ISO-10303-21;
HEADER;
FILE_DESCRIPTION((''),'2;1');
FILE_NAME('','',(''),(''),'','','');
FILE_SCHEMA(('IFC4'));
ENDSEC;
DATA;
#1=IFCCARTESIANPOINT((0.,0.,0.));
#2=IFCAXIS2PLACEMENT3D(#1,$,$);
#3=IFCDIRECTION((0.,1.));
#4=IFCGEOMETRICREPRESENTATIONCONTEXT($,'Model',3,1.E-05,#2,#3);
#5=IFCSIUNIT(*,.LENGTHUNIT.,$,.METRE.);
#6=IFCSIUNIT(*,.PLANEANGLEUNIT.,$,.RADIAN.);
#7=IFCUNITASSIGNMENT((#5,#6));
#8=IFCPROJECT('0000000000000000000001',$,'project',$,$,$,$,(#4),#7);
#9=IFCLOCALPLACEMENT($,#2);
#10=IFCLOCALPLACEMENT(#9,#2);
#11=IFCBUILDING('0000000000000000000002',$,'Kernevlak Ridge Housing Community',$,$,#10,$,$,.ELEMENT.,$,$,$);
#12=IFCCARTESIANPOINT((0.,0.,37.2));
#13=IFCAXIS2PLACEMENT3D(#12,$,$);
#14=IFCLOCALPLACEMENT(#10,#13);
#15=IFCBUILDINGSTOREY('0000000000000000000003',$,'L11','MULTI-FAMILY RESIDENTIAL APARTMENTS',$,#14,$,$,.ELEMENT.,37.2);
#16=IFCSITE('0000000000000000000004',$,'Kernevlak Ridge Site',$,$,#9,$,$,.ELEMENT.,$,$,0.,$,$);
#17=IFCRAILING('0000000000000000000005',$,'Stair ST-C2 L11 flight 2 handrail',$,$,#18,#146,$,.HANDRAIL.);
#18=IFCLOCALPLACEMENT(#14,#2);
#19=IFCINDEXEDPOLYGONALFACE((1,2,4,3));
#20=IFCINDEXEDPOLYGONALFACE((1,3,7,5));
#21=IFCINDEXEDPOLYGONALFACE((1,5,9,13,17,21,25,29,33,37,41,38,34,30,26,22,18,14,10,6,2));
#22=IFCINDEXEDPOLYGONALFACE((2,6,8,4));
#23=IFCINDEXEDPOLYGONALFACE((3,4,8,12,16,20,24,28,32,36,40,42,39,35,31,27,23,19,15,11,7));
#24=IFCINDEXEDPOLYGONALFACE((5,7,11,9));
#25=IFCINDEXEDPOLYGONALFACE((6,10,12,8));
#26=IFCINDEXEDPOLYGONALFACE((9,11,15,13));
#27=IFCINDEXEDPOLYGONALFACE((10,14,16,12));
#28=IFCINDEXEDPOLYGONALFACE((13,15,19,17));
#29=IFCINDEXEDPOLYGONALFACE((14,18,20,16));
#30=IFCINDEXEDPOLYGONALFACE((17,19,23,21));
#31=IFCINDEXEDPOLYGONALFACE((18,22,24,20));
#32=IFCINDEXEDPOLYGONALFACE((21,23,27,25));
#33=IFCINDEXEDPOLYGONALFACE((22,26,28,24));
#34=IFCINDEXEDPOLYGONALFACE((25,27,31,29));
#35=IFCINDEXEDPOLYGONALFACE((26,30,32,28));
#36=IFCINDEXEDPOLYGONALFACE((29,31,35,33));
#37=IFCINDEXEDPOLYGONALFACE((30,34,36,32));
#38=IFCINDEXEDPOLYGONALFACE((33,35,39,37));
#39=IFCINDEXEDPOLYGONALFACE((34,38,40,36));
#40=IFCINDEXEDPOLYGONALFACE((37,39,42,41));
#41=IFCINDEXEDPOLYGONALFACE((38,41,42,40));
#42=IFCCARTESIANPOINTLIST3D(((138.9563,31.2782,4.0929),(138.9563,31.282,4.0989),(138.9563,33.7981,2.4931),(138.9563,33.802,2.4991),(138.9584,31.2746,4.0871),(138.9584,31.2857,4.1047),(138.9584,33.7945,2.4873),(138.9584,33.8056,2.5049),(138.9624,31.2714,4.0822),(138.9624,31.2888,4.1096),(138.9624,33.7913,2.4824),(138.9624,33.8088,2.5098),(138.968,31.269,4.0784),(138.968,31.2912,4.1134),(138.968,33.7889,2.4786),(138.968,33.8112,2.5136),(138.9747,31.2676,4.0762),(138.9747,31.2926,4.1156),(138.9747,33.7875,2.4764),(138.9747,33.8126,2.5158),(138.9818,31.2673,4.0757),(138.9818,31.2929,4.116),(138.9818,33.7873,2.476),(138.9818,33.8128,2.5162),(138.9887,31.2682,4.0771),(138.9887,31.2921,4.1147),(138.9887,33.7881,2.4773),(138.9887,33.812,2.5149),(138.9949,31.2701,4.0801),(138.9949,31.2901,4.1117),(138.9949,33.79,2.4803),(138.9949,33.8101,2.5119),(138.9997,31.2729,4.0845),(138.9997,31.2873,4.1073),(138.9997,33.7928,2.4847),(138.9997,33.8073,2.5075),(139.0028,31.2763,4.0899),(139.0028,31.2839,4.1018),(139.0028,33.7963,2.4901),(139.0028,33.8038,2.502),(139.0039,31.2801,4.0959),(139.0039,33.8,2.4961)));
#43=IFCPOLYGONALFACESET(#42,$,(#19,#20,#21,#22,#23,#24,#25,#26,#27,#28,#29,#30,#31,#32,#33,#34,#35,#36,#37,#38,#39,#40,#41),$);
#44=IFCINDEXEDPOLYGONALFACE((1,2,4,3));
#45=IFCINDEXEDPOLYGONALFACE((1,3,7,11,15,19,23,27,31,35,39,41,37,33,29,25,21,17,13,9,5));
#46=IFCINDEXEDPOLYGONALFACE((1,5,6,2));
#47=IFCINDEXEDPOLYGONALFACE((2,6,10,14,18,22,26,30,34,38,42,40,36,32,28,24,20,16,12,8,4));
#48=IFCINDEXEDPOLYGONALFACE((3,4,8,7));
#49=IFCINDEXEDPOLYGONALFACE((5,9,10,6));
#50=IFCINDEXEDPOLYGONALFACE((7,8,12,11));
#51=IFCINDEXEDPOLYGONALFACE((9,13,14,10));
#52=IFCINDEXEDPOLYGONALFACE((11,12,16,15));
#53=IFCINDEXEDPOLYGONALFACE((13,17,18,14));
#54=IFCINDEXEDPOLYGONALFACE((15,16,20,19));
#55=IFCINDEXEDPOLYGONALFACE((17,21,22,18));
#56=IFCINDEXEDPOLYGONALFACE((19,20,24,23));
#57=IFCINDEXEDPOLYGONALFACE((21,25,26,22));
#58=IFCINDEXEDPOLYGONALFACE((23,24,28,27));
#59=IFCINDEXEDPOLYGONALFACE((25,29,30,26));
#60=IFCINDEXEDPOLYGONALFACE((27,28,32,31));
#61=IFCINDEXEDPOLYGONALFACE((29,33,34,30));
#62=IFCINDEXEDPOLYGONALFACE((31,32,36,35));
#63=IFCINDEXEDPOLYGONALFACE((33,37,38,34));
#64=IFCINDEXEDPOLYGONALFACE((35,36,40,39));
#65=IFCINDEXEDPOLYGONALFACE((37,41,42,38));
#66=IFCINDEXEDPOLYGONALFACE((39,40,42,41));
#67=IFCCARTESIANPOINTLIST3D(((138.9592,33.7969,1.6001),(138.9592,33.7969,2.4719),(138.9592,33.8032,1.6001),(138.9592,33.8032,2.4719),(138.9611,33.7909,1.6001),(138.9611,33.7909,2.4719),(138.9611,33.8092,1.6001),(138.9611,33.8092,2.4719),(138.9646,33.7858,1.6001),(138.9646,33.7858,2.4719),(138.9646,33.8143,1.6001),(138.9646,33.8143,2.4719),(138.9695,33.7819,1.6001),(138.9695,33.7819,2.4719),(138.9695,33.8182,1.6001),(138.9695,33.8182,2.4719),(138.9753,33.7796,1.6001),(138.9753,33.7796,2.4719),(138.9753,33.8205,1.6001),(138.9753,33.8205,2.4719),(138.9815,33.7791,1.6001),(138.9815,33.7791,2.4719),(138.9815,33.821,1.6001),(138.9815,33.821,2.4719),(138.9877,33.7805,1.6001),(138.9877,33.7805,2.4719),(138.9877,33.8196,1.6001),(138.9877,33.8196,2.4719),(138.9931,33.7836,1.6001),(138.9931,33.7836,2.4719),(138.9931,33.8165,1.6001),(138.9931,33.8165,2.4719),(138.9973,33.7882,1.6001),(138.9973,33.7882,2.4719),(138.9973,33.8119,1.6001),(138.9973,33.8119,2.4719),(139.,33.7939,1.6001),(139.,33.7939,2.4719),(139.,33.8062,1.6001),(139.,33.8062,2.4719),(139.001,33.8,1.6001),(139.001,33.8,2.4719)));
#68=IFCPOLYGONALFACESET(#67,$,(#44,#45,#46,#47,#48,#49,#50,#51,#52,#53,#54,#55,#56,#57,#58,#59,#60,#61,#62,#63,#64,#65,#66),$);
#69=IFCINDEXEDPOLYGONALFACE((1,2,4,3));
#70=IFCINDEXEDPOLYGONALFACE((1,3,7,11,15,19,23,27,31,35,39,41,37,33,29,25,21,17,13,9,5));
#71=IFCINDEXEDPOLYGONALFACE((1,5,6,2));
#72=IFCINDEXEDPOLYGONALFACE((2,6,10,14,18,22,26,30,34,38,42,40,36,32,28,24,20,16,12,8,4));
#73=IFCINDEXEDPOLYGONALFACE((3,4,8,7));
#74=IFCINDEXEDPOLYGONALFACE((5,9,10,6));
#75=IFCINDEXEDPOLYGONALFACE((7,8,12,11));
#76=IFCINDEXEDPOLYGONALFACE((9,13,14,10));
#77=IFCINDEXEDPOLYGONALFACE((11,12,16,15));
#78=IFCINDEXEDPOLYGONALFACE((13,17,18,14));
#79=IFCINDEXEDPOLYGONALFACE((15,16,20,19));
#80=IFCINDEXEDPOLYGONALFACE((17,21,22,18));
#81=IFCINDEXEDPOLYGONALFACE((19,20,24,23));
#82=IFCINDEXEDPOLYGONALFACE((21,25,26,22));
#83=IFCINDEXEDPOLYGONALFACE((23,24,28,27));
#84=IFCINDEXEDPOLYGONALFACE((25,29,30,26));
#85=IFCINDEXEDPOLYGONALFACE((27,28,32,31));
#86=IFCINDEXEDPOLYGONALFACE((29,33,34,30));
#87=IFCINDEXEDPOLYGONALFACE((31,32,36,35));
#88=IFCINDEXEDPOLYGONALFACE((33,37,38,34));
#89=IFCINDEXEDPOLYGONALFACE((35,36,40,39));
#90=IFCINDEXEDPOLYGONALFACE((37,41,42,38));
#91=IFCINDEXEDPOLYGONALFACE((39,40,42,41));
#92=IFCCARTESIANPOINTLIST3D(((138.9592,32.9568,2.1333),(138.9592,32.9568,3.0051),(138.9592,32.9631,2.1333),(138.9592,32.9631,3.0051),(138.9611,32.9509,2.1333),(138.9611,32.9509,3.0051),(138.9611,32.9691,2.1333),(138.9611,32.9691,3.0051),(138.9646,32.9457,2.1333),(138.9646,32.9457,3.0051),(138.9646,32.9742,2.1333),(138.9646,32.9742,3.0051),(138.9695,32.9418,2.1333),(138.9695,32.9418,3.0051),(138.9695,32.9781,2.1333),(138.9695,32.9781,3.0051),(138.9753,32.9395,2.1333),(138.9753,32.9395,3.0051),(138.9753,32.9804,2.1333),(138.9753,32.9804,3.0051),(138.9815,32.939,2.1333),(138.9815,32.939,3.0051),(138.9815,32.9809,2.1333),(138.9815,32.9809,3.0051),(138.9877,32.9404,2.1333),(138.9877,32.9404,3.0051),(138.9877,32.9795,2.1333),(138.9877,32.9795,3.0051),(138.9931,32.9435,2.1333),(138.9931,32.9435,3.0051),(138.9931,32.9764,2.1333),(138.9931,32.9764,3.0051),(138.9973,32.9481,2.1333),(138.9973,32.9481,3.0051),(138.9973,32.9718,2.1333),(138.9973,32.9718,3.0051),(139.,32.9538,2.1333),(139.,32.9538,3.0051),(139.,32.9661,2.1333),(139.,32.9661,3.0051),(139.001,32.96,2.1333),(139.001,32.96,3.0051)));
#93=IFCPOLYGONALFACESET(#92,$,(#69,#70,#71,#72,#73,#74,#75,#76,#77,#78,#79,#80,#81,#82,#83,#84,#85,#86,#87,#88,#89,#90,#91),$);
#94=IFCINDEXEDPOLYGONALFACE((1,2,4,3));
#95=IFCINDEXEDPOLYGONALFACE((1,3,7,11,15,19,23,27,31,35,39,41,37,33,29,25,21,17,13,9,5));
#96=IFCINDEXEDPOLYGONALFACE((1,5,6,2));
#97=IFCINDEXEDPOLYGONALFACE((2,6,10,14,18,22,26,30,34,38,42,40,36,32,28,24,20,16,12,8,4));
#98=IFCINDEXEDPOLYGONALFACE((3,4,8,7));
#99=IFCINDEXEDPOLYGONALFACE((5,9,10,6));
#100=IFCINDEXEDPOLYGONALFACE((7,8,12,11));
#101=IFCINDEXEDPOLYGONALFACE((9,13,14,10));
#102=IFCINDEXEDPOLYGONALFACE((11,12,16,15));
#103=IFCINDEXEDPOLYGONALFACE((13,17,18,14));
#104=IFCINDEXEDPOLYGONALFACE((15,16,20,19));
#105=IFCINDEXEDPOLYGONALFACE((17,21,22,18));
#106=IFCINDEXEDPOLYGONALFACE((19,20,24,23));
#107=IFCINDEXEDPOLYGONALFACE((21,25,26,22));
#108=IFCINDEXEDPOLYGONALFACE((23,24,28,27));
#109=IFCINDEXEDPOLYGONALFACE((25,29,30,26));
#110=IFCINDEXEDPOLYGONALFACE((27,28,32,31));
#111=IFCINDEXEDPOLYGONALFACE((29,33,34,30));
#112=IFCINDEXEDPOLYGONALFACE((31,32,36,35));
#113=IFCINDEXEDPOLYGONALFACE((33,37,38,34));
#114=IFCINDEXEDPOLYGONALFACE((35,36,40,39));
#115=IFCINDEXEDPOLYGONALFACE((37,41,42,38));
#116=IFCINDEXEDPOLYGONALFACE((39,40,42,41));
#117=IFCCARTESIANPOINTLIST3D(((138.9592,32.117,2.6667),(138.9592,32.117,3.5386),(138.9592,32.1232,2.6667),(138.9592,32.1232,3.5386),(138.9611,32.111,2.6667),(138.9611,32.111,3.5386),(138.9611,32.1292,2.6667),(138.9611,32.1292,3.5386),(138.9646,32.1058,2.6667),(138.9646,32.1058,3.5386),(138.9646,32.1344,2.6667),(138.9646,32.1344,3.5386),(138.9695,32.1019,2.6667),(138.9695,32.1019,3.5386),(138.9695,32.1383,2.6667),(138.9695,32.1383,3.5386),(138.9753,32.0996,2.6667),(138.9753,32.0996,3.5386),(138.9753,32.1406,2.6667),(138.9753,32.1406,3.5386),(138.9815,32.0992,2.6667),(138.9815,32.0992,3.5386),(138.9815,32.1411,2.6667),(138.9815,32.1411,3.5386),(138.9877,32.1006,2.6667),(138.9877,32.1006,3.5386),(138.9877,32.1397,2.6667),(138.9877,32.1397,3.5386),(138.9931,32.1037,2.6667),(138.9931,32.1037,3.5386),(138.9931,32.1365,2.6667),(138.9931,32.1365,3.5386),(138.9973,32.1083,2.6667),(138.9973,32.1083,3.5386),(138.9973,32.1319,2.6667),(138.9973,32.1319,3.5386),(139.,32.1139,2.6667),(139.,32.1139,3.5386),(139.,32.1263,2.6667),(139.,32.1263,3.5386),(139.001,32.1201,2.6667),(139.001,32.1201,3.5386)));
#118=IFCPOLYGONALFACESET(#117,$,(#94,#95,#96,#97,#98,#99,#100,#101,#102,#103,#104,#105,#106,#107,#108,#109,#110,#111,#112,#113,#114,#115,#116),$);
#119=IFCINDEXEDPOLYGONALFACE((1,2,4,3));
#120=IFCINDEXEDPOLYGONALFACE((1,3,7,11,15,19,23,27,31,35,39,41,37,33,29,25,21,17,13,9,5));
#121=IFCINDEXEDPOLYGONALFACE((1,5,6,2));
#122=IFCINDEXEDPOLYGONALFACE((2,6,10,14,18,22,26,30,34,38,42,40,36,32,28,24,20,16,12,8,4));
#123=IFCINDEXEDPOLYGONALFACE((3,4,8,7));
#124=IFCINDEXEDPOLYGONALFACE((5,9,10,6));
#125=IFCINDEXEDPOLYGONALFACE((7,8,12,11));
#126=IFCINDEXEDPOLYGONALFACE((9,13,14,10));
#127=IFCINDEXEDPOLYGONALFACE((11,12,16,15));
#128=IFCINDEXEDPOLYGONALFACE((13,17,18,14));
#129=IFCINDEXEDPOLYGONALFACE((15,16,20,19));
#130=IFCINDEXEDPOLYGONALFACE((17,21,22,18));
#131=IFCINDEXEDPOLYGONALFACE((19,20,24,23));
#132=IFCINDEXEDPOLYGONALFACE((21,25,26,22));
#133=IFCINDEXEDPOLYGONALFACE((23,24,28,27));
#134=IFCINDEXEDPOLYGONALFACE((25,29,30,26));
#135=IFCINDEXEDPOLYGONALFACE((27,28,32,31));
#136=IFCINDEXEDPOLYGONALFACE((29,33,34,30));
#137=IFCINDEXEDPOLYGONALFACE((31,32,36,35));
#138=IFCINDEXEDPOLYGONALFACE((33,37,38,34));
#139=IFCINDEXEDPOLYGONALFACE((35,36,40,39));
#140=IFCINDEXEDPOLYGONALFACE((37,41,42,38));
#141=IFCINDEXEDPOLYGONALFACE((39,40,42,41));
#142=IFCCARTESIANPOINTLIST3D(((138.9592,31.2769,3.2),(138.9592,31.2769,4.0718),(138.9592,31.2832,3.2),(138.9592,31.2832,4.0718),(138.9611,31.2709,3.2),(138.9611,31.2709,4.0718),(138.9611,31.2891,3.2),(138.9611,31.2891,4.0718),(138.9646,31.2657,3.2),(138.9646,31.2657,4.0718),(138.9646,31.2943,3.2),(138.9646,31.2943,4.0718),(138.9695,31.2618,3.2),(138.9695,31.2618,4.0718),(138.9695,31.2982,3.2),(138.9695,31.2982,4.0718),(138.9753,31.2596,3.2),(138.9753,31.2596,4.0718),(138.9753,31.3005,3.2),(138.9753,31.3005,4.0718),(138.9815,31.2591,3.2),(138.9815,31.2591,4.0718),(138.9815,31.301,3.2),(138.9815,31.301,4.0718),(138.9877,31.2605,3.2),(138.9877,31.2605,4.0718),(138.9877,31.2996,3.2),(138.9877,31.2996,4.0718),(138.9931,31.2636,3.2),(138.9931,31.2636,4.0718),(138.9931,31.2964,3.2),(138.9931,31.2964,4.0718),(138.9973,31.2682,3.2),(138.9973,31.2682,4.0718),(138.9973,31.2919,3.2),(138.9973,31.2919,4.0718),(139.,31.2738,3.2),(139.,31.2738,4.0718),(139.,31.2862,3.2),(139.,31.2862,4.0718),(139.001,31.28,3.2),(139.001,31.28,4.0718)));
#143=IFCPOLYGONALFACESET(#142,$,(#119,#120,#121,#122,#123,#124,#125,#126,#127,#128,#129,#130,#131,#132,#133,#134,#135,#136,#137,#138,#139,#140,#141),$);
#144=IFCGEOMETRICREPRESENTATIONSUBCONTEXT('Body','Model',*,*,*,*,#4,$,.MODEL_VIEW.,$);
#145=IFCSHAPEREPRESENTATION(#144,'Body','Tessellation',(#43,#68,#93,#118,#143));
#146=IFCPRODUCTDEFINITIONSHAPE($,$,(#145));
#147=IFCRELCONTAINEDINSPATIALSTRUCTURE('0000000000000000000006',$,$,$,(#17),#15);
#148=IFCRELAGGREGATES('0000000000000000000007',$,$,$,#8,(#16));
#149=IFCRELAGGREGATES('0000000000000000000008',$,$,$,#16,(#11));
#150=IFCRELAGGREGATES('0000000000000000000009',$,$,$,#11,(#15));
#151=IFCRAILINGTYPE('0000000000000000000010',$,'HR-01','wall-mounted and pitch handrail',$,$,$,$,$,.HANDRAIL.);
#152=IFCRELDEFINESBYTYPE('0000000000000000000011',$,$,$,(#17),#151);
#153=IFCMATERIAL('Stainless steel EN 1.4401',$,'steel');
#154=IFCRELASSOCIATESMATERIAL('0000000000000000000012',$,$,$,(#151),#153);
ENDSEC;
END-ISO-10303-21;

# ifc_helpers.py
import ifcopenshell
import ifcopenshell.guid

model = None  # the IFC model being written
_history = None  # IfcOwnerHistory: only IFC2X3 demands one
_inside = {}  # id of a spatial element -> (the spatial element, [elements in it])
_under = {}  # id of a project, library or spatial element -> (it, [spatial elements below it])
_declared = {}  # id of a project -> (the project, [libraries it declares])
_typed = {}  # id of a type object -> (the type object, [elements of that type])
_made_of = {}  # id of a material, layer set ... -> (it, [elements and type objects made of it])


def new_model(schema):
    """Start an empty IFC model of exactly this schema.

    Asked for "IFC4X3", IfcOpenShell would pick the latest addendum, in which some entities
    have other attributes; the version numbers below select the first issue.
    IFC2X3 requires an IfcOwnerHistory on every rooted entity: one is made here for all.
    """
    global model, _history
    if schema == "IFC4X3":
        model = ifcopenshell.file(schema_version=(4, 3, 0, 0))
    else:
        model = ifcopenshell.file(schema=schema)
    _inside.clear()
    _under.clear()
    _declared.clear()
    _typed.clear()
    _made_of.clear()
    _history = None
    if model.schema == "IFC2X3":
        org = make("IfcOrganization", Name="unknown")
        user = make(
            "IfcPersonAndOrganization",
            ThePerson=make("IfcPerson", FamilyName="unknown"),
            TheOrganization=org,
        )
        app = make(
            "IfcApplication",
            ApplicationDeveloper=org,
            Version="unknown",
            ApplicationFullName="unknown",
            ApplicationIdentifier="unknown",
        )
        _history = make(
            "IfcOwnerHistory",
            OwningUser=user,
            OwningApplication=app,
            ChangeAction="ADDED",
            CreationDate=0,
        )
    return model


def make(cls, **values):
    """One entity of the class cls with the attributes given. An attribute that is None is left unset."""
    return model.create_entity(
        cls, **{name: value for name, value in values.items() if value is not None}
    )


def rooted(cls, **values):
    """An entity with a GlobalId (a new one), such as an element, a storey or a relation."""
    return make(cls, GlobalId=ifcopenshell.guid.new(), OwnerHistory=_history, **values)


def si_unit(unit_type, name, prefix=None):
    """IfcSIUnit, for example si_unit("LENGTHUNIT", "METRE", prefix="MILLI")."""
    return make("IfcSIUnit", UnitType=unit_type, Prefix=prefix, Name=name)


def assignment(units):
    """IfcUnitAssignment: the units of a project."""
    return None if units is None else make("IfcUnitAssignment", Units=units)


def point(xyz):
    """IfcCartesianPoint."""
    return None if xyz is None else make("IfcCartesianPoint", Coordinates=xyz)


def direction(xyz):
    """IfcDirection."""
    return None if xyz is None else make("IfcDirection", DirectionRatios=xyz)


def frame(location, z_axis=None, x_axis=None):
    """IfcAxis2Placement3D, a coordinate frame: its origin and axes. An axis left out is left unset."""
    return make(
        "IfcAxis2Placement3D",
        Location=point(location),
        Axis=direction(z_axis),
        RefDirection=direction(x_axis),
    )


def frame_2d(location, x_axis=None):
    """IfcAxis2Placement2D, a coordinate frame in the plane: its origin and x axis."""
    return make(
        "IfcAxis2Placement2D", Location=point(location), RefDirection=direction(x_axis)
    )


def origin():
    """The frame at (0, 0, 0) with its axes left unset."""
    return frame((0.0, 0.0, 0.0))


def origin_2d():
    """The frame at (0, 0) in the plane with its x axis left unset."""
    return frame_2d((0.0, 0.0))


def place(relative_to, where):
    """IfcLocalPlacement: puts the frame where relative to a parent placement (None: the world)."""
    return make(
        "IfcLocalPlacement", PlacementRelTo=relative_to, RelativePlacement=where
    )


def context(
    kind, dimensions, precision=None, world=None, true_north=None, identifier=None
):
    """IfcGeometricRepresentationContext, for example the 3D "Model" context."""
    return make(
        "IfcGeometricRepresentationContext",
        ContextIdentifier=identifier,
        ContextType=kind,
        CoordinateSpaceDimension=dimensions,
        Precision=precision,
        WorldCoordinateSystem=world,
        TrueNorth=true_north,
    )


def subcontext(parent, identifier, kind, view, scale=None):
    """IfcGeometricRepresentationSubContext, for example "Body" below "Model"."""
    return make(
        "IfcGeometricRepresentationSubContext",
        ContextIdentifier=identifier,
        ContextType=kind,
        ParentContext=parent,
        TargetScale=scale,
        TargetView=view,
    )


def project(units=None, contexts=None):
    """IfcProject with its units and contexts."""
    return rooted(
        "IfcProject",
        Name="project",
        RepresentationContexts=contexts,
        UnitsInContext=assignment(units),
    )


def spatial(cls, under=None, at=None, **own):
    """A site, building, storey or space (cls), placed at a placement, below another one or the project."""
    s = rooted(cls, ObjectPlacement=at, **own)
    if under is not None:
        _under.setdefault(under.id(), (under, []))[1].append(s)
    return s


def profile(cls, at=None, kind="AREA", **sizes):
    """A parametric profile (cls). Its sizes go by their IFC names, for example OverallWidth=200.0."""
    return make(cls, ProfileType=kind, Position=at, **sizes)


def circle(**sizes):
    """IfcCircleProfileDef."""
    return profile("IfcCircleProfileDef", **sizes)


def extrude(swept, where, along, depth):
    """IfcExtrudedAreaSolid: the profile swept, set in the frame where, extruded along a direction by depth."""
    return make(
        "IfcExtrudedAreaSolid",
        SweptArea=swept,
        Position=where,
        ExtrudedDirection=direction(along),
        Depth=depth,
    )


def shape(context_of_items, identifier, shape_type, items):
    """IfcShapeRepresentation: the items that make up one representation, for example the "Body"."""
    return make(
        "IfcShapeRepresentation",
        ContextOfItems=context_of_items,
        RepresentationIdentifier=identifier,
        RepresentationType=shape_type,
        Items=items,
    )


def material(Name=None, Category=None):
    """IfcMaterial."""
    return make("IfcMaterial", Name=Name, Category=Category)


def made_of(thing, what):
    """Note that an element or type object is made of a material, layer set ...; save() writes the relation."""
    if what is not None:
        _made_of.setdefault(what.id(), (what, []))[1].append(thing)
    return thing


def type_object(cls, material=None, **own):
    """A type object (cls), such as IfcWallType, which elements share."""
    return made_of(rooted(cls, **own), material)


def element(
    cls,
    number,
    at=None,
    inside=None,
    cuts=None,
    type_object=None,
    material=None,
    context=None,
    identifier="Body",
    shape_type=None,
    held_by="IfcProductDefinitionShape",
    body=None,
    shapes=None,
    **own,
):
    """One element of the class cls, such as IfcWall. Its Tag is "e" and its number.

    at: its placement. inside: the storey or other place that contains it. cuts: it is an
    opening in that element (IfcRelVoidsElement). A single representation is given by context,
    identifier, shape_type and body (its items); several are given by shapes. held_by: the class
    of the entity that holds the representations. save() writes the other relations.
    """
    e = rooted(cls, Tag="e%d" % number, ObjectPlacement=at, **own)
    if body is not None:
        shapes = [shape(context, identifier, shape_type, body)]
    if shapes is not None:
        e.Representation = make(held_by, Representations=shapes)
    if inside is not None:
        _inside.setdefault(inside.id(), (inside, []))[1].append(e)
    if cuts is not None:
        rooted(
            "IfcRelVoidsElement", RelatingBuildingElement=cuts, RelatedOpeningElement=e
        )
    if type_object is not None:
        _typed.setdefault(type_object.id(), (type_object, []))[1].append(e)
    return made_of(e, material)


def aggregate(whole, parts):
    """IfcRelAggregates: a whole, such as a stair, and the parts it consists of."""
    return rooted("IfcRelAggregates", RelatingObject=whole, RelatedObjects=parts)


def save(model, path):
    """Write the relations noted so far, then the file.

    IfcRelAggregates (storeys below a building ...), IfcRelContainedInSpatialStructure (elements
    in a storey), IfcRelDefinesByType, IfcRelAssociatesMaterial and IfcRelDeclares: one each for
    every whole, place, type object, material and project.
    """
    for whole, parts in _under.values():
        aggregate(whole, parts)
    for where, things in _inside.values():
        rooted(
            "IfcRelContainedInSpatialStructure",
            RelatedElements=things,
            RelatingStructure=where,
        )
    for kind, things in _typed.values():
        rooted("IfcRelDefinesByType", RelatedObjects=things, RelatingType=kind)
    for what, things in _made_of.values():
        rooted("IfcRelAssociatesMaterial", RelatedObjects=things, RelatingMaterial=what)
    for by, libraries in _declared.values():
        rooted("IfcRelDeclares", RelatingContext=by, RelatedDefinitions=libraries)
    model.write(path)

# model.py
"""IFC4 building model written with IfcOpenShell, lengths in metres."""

from ifc_helpers import new_model, si_unit, direction, frame, origin, origin_2d, place, context, subcontext, project, spatial, circle, extrude, material, type_object, element, save


model = new_model("IFC4")

# Units and contexts
model_context = context("Model", 3, precision=1e-05, world=origin(), true_north=direction((0.0, 1.0)))
body_context = subcontext(model_context, "Body", "Model", "MODEL_VIEW")
ifc_project = project(units=[si_unit("LENGTHUNIT", "METRE"), si_unit("PLANEANGLEUNIT", "RADIAN")], contexts=[model_context])

# Site, building, storey
site_placement = place(None, origin())
site = spatial("IfcSite", under=ifc_project, at=site_placement, Name="Kernevlak Ridge Site", CompositionType="ELEMENT", RefElevation=0.0)
building_placement = place(site_placement, origin())
building = spatial("IfcBuilding", under=site, at=building_placement, Name="Kernevlak Ridge Housing Community", CompositionType="ELEMENT")
storey_placement = place(building_placement, frame((0.0, 0.0, 37.2)))
storey = spatial("IfcBuildingStorey", under=building, at=storey_placement, Name="L11", Description="MULTI-FAMILY RESIDENTIAL APARTMENTS", CompositionType="ELEMENT", Elevation=37.2)

# Railing
ifc_material_1 = material(Name="Stainless steel EN 1.4401", Category="steel")
railing_type_1 = type_object("IfcRailingType", Name="HR-01", Description="wall-mounted and pitch handrail", PredefinedType="HANDRAIL", material=ifc_material_1)
railing_1_placement = place(storey_placement, frame((138.98, 33.8, 1.6001)))
element("IfcRailing", 1, at=railing_1_placement, inside=storey, type_object=railing_type_1, Name="Stair ST-C2 L11 flight 2 handrail", PredefinedType="HANDRAIL", context=body_context, shape_type="SweptSolid", body=[
    extrude(circle(Radius=0.0239, at=origin_2d()), frame((0.0, 0.0, 0.896), z_axis=(0.0, -0.844237, 0.53597), x_axis=(1.0, 0.0, 0.0)), (0.0, 0.0, 1.0), 2.9849),
    extrude(circle(Radius=0.021, at=origin_2d()), origin(), (0.0, 0.0, 1.0), 0.8718),
    extrude(circle(Radius=0.021, at=origin_2d()), frame((0.0, -0.8401, 0.5332)), (0.0, 0.0, 1.0), 0.8718),
    extrude(circle(Radius=0.021, at=origin_2d()), frame((0.0, -1.6799, 1.0667)), (0.0, 0.0, 1.0), 0.8718),
    extrude(circle(Radius=0.021, at=origin_2d()), frame((0.0, -2.52, 1.5999)), (0.0, 0.0, 1.0), 0.8718),
])

save(model, "model.ifc")
